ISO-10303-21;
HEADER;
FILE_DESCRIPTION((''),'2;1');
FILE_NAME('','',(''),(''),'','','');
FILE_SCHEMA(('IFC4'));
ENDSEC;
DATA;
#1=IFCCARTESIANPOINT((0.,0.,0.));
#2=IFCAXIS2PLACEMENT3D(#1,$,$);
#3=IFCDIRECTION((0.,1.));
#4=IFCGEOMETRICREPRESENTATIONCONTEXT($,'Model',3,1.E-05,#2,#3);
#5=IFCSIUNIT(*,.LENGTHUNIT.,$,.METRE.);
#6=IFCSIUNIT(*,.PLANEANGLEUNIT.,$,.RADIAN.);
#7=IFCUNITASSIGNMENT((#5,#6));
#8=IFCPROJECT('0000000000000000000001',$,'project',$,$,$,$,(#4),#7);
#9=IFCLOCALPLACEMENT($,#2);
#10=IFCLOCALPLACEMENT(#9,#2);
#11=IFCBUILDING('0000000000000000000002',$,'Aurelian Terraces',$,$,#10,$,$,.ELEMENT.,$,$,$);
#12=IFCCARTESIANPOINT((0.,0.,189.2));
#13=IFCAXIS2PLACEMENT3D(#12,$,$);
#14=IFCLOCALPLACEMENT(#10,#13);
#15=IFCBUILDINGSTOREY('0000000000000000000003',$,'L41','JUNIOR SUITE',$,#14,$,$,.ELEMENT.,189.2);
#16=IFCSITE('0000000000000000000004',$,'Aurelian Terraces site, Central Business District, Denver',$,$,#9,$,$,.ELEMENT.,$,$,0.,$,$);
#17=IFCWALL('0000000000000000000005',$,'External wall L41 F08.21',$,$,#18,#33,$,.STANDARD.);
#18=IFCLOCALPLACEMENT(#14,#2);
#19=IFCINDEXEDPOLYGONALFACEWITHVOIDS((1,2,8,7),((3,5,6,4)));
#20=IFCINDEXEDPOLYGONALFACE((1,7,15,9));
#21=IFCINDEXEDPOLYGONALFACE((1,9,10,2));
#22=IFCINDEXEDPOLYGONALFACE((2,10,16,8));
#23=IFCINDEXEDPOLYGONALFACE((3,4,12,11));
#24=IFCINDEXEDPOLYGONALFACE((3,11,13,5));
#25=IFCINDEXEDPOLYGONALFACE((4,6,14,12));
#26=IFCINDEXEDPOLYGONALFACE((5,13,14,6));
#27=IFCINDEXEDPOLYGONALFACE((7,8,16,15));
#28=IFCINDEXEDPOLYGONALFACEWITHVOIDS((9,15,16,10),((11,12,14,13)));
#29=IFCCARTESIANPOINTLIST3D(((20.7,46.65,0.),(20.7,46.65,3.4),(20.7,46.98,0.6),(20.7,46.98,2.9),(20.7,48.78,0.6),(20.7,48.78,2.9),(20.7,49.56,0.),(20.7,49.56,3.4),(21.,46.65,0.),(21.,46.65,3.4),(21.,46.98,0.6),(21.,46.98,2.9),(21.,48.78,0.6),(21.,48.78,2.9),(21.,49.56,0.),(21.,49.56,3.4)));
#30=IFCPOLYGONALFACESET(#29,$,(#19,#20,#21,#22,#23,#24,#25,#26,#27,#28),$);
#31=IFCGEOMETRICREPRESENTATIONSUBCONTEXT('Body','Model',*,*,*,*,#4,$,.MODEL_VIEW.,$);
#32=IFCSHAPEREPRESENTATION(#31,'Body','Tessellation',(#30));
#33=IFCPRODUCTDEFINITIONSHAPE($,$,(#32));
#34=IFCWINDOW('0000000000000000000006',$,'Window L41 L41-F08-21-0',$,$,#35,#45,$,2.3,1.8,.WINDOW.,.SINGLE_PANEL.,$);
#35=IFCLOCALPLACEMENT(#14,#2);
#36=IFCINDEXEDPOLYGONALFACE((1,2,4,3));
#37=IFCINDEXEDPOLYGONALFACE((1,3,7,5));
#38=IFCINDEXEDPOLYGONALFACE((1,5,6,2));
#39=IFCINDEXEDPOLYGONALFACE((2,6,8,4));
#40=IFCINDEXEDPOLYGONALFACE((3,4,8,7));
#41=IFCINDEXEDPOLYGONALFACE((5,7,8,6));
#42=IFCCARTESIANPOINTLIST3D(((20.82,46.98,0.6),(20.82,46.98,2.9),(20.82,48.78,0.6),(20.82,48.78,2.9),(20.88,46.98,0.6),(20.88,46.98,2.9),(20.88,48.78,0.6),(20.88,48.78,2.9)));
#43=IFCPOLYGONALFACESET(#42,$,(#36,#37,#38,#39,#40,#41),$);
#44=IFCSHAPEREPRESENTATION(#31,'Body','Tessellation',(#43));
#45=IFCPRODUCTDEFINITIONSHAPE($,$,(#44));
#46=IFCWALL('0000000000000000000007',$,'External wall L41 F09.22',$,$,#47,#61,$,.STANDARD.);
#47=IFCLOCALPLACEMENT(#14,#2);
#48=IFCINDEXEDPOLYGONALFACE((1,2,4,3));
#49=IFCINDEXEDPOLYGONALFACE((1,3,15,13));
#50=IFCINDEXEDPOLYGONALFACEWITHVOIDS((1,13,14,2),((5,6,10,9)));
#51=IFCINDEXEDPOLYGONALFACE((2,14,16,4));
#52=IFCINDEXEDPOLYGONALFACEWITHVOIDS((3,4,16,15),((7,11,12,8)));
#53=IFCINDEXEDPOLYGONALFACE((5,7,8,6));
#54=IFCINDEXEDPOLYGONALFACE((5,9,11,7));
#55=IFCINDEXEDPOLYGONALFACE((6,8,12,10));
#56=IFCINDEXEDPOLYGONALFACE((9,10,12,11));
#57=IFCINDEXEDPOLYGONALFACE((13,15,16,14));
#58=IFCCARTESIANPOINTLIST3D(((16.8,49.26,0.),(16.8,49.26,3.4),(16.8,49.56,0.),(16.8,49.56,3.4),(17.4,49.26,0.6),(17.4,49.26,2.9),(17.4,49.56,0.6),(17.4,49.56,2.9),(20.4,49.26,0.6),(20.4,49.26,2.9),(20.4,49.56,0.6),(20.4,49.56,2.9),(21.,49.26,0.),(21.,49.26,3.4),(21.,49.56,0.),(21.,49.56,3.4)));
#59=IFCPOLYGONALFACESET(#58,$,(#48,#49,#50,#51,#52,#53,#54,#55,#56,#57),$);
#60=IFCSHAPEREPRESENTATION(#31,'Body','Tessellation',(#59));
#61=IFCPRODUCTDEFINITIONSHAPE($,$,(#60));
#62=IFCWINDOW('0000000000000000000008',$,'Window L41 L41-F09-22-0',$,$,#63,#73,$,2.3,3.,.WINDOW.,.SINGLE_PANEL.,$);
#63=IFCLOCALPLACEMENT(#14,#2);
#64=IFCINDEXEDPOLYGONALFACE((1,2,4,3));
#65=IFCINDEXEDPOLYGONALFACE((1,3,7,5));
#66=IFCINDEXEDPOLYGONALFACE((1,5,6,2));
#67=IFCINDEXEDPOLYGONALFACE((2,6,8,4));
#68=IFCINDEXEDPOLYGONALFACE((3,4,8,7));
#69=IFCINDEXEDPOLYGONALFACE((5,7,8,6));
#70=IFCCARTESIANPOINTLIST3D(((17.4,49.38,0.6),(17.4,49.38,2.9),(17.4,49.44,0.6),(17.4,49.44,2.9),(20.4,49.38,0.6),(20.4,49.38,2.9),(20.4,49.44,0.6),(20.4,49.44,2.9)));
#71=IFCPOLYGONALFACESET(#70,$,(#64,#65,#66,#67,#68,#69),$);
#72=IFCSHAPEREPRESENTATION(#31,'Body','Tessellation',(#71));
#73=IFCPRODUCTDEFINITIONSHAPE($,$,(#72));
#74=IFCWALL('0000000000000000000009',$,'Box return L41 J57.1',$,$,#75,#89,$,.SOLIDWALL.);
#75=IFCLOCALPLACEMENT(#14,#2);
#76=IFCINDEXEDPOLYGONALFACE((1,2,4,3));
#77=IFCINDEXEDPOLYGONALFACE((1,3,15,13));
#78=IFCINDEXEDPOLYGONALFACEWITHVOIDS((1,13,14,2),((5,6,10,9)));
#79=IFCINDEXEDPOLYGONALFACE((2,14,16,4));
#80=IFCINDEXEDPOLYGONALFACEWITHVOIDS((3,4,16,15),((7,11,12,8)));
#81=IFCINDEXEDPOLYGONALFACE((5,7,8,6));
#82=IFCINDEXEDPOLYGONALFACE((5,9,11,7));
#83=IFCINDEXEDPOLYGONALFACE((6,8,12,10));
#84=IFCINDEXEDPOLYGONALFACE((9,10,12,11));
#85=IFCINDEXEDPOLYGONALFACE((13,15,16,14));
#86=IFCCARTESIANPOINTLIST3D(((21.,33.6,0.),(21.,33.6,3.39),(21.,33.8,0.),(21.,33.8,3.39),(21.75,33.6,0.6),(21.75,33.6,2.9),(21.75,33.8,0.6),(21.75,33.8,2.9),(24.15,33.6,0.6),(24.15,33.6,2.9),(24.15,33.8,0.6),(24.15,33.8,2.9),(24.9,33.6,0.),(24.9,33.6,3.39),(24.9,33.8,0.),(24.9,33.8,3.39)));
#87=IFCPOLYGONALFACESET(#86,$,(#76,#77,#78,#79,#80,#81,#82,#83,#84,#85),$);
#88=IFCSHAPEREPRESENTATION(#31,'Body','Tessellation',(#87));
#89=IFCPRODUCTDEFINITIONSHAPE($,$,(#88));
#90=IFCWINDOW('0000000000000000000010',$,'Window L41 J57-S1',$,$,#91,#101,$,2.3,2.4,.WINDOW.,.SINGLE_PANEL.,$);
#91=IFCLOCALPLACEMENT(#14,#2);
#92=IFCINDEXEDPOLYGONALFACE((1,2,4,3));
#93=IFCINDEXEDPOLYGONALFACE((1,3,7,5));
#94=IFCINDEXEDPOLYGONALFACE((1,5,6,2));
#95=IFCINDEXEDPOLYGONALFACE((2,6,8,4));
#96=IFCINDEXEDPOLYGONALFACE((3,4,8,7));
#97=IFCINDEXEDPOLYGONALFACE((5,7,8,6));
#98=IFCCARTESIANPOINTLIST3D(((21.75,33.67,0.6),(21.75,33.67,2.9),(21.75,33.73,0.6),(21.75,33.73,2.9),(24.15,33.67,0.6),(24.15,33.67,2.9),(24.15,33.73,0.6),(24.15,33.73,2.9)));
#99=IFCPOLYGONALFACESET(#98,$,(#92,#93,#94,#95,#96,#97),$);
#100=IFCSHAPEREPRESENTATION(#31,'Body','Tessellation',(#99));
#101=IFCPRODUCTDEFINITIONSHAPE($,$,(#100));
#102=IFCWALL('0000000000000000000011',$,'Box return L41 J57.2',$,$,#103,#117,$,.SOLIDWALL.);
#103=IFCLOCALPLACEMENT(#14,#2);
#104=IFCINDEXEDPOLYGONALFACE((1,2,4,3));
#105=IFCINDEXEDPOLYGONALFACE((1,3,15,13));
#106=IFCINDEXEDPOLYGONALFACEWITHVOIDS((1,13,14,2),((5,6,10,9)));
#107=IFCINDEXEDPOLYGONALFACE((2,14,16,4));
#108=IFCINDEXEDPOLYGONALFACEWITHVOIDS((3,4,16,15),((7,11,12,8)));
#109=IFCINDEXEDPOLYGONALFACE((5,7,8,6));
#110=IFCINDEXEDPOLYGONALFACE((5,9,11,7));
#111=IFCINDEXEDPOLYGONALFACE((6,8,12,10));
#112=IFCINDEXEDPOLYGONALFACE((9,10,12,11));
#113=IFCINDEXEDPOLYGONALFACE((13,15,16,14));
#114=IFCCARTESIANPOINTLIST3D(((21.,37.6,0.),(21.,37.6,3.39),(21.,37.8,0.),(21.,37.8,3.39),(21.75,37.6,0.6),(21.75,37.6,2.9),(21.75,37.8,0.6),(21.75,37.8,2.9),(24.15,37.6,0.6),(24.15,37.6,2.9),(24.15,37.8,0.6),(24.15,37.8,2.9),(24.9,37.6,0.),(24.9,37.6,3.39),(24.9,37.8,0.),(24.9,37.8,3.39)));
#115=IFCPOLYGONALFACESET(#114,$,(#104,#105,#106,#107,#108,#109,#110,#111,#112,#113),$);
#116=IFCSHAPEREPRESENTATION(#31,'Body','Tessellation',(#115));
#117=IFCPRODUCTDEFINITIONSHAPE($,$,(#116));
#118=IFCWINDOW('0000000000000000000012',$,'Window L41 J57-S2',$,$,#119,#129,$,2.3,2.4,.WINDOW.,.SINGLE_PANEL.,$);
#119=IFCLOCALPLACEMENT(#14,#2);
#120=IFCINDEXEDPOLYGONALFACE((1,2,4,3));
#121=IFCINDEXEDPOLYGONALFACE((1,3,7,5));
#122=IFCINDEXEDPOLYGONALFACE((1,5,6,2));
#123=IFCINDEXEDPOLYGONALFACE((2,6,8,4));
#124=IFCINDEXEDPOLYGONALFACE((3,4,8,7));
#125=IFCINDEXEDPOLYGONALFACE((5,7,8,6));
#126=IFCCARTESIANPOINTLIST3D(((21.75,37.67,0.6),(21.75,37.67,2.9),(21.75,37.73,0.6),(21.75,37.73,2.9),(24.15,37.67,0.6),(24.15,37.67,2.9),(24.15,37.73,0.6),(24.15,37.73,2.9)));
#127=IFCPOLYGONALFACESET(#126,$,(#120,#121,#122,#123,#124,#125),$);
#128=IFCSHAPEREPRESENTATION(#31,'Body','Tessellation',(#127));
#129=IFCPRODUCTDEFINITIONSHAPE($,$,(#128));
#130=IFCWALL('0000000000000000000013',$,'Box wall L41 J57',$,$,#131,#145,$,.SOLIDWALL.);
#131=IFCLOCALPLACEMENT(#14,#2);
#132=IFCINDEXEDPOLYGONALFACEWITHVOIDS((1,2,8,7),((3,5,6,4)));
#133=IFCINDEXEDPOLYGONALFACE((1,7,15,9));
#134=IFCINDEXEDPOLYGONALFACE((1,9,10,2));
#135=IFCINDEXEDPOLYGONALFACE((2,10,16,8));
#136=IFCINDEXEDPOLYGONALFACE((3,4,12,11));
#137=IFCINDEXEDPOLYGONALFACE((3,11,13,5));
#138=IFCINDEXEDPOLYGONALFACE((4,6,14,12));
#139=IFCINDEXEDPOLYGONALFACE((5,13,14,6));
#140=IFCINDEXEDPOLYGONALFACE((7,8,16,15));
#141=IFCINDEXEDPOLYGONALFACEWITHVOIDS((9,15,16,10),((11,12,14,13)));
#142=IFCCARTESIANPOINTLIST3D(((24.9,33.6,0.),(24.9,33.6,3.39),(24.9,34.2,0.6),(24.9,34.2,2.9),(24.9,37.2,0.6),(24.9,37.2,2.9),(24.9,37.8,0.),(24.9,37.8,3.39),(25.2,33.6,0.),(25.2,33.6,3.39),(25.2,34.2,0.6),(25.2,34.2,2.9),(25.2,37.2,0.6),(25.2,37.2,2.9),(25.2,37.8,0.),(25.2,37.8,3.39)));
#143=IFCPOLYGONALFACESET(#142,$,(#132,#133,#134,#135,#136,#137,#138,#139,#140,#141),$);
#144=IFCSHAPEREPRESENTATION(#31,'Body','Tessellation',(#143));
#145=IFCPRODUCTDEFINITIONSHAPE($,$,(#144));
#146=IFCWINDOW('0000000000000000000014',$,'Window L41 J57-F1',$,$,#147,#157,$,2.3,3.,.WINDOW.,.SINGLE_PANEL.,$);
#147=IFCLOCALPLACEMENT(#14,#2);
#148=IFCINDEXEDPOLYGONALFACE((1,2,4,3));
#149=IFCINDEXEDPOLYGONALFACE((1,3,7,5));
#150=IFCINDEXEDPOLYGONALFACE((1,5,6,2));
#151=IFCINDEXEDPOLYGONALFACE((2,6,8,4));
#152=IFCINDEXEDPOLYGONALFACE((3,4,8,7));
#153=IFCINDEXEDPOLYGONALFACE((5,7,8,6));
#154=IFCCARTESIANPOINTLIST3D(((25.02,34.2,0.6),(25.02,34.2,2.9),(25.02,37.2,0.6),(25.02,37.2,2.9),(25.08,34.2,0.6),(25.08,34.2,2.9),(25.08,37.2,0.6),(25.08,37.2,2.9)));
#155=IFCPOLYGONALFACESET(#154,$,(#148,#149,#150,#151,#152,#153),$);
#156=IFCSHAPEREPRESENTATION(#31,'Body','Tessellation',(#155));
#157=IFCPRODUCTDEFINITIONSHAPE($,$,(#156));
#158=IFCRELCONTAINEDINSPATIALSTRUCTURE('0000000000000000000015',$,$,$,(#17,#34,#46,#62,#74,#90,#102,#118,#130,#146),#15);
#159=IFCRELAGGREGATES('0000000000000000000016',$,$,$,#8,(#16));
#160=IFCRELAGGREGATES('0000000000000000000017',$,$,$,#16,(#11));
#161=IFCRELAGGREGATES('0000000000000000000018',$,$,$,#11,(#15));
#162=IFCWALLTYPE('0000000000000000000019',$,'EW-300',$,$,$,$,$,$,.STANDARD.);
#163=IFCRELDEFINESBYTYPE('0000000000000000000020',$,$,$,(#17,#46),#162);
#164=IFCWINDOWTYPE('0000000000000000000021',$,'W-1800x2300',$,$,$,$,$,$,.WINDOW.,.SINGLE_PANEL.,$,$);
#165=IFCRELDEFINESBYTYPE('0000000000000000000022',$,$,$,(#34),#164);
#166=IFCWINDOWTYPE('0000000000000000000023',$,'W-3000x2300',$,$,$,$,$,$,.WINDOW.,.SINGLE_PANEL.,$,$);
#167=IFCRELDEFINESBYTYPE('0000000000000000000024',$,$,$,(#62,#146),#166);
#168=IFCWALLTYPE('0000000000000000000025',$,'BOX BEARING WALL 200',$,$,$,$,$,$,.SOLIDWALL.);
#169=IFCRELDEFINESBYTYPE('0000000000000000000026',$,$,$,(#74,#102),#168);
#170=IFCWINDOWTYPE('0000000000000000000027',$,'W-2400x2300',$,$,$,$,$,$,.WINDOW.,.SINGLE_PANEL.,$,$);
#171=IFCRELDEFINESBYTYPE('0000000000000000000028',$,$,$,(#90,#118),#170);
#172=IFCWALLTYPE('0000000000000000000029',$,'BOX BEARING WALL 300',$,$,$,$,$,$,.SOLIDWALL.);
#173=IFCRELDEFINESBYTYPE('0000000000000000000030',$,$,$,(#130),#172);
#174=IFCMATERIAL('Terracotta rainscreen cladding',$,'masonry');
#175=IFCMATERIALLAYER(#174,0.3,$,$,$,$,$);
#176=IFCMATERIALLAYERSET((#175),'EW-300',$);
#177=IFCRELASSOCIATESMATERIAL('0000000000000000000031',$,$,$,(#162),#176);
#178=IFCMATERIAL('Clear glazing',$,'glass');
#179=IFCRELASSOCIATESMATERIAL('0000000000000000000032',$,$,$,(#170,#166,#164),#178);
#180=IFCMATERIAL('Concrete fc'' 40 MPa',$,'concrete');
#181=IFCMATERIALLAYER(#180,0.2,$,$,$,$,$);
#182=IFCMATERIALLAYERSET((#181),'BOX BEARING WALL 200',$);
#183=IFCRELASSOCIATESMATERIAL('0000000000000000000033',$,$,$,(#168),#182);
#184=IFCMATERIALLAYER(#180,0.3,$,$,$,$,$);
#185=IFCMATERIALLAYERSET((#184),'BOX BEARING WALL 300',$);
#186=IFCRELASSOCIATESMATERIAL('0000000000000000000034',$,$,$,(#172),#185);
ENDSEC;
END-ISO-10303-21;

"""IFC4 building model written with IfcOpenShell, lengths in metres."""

from ifc_helpers import new_model, si_unit, direction, frame, frame_2d, origin, place, context, subcontext, project, spatial, rectangle, extrude, source, transform, mapped, material, layer, layer_set, type_object, element, fill, save


model = new_model("IFC4")

# Units and contexts
model_context = context("Model", 3, precision=1e-05, world=origin(), true_north=direction((0.0, 1.0)))
body_context = subcontext(model_context, "Body", "Model", "MODEL_VIEW")
ifc_project = project(units=[si_unit("LENGTHUNIT", "METRE"), si_unit("PLANEANGLEUNIT", "RADIAN")], contexts=[model_context])

# Site, building, storey
site_placement = place(None, origin())
site = spatial("IfcSite", under=ifc_project, at=site_placement, Name="Aurelian Terraces site, Central Business District, Denver", CompositionType="ELEMENT", RefElevation=0.0)
building_placement = place(site_placement, origin())
building = spatial("IfcBuilding", under=site, at=building_placement, Name="Aurelian Terraces", CompositionType="ELEMENT")
storey_placement = place(building_placement, frame((0.0, 0.0, 189.2)))
storey = spatial("IfcBuildingStorey", under=building, at=storey_placement, Name="L41", Description="JUNIOR SUITE", CompositionType="ELEMENT", Elevation=189.2)

# Shared definitions
ifc_material_1 = material(Name="Terracotta rainscreen cladding", Category="masonry")
ifc_layer_1 = layer(ifc_material_1, 0.3)
ifc_layer_set_1 = layer_set([ifc_layer_1], Name="EW-300")
wall_type_1 = type_object("IfcWallType", Name="EW-300", PredefinedType="STANDARD", material=ifc_layer_set_1)
ifc_material_2 = material(Name="Clear glazing", Category="glass")
window_type_1 = type_object("IfcWindowType", Name="W-2400x2300", PartitioningType="SINGLE_PANEL", PredefinedType="WINDOW", material=ifc_material_2)
shared_shape_1 = source(origin(), body_context, "Body", "SweptSolid", [
    extrude(rectangle(XDim=2.4, YDim=2.3, at=frame_2d((1.2, 1.15))), frame((0.0, 0.03, 0.0), z_axis=(0.0, -1.0, 0.0), x_axis=(1.0, 0.0, 0.0)), (0.0, 0.0, 1.0), 0.06),
])

# Shared definitions
shared_shape_2 = source(origin(), body_context, "Body", "SweptSolid", [
    extrude(rectangle(XDim=3.0, YDim=2.3, at=frame_2d((1.5, 1.15))), frame((0.0, 0.16, 0.0), z_axis=(0.0, -1.0, 0.0), x_axis=(1.0, 0.0, 0.0)), (0.0, 0.0, 1.0), 0.32),
])
window_type_2 = type_object("IfcWindowType", Name="W-3000x2300", PartitioningType="SINGLE_PANEL", PredefinedType="WINDOW", material=ifc_material_2)
shared_shape_3 = source(origin(), body_context, "Body", "SweptSolid", [
    extrude(rectangle(XDim=3.0, YDim=2.3, at=frame_2d((1.5, 1.15))), frame((0.0, 0.03, 0.0), z_axis=(0.0, -1.0, 0.0), x_axis=(1.0, 0.0, 0.0)), (0.0, 0.0, 1.0), 0.06),
])

# Walls, openings, windows
shared_shape_4 = source(origin(), body_context, "Body", "SweptSolid", [
    extrude(rectangle(XDim=2.91, YDim=0.3, at=frame_2d((1.455, 0.0))), origin(), (0.0, 0.0, 1.0), 3.4),
])
wall_1_placement = place(storey_placement, frame((20.85, 46.65, 0.0), z_axis=(0.0, 0.0, 1.0), x_axis=(0.0, 1.0, 0.0)))
wall_1 = element("IfcWall", 1, at=wall_1_placement, inside=storey, type_object=wall_type_1, Name="External wall L41 F08.21", PredefinedType="STANDARD", context=body_context, shape_type="MappedRepresentation", body=[
    mapped(shared_shape_4, transform((0.0, 0.0, 0.0), scale=1.0)),
])
shared_shape_5 = source(origin(), body_context, "Body", "SweptSolid", [
    extrude(rectangle(XDim=1.8, YDim=2.3, at=frame_2d((0.9, 1.15))), frame((0.0, 0.16, 0.0), z_axis=(0.0, -1.0, 0.0), x_axis=(1.0, 0.0, 0.0)), (0.0, 0.0, 1.0), 0.32),
])
opening_1_placement = place(wall_1_placement, frame((0.33, 0.0, 0.6)))
opening_1 = element("IfcOpeningElement", 2, at=opening_1_placement, cuts=wall_1, PredefinedType="OPENING", context=body_context, shape_type="MappedRepresentation", body=[
    mapped(shared_shape_5, transform((0.0, 0.0, 0.0), scale=1.0)),
])
window_type_3 = type_object("IfcWindowType", Name="W-1800x2300", PartitioningType="SINGLE_PANEL", PredefinedType="WINDOW", material=ifc_material_2)
shared_shape_6 = source(origin(), body_context, "Body", "SweptSolid", [
    extrude(rectangle(XDim=1.8, YDim=2.3, at=frame_2d((0.9, 1.15))), frame((0.0, 0.03, 0.0), z_axis=(0.0, -1.0, 0.0), x_axis=(1.0, 0.0, 0.0)), (0.0, 0.0, 1.0), 0.06),
])
window_1_placement = place(opening_1_placement, origin())
window_1 = element("IfcWindow", 3, at=window_1_placement, inside=storey, type_object=window_type_3, Name="Window L41 L41-F08-21-0", OverallHeight=2.3, OverallWidth=1.8, PartitioningType="SINGLE_PANEL", PredefinedType="WINDOW", context=body_context, shape_type="MappedRepresentation", body=[
    mapped(shared_shape_6, transform((0.0, 0.0, 0.0), scale=1.0)),
])
fill(opening_1, window_1)
shared_shape_7 = source(origin(), body_context, "Body", "SweptSolid", [
    extrude(rectangle(XDim=4.2, YDim=0.3, at=frame_2d((2.1, 0.0))), origin(), (0.0, 0.0, 1.0), 3.4),
])
wall_2_placement = place(storey_placement, frame((21.0, 49.41, 0.0), z_axis=(0.0, 0.0, 1.0), x_axis=(-1.0, 0.0, 0.0)))
wall_2 = element("IfcWall", 4, at=wall_2_placement, inside=storey, type_object=wall_type_1, Name="External wall L41 F09.22", PredefinedType="STANDARD", context=body_context, shape_type="MappedRepresentation", body=[
    mapped(shared_shape_7, transform((0.0, 0.0, 0.0), scale=1.0)),
])
opening_2_placement = place(wall_2_placement, frame((0.6, 0.0, 0.6)))
opening_2 = element("IfcOpeningElement", 5, at=opening_2_placement, cuts=wall_2, PredefinedType="OPENING", context=body_context, shape_type="MappedRepresentation", body=[
    mapped(shared_shape_2, transform((0.0, 0.0, 0.0), scale=1.0)),
])
window_2_placement = place(opening_2_placement, origin())
window_2 = element("IfcWindow", 6, at=window_2_placement, inside=storey, type_object=window_type_2, Name="Window L41 L41-F09-22-0", OverallHeight=2.3, OverallWidth=3.0, PartitioningType="SINGLE_PANEL", PredefinedType="WINDOW", context=body_context, shape_type="MappedRepresentation", body=[
    mapped(shared_shape_3, transform((0.0, 0.0, 0.0), scale=1.0)),
])
fill(opening_2, window_2)
ifc_material_3 = material(Name="Concrete fc' 40 MPa", Category="concrete")
ifc_layer_2 = layer(ifc_material_3, 0.2)
ifc_layer_set_2 = layer_set([ifc_layer_2], Name="BOX BEARING WALL 200")
wall_type_2 = type_object("IfcWallType", Name="BOX BEARING WALL 200", PredefinedType="SOLIDWALL", material=ifc_layer_set_2)
shared_shape_8 = source(origin(), body_context, "Body", "SweptSolid", [
    extrude(rectangle(XDim=3.9, YDim=0.2, at=frame_2d((1.95, 0.0))), origin(), (0.0, 0.0, 1.0), 3.39),
])
wall_3_placement = place(storey_placement, frame((21.0, 33.7, 0.0), z_axis=(0.0, 0.0, 1.0), x_axis=(1.0, 0.0, 0.0)))
wall_3 = element("IfcWall", 7, at=wall_3_placement, inside=storey, type_object=wall_type_2, Name="Box return L41 J57.1", PredefinedType="SOLIDWALL", context=body_context, shape_type="MappedRepresentation", body=[
    mapped(shared_shape_8, transform((0.0, 0.0, 0.0), scale=1.0)),
])
shared_shape_9 = source(origin(), body_context, "Body", "SweptSolid", [
    extrude(rectangle(XDim=2.4, YDim=2.3, at=frame_2d((1.2, 1.15))), frame((0.0, 0.11, 0.0), z_axis=(0.0, -1.0, 0.0), x_axis=(1.0, 0.0, 0.0)), (0.0, 0.0, 1.0), 0.22),
])
opening_3_placement = place(wall_3_placement, frame((0.75, 0.0, 0.6)))
opening_3 = element("IfcOpeningElement", 8, at=opening_3_placement, cuts=wall_3, PredefinedType="OPENING", context=body_context, shape_type="MappedRepresentation", body=[
    mapped(shared_shape_9, transform((0.0, 0.0, 0.0), scale=1.0)),
])
window_3_placement = place(opening_3_placement, origin())
window_3 = element("IfcWindow", 9, at=window_3_placement, inside=storey, type_object=window_type_1, Name="Window L41 J57-S1", OverallHeight=2.3, OverallWidth=2.4, PartitioningType="SINGLE_PANEL", PredefinedType="WINDOW", context=body_context, shape_type="MappedRepresentation", body=[
    mapped(shared_shape_1, transform((0.0, 0.0, 0.0), scale=1.0)),
])
fill(opening_3, window_3)
wall_4_placement = place(storey_placement, frame((21.0, 37.7, 0.0), z_axis=(0.0, 0.0, 1.0), x_axis=(1.0, 0.0, 0.0)))
wall_4 = element("IfcWall", 10, at=wall_4_placement, inside=storey, type_object=wall_type_2, Name="Box return L41 J57.2", PredefinedType="SOLIDWALL", context=body_context, shape_type="MappedRepresentation", body=[
    mapped(shared_shape_8, transform((0.0, 0.0, 0.0), scale=1.0)),
])
opening_4_placement = place(wall_4_placement, frame((0.75, 0.0, 0.6)))
opening_4 = element("IfcOpeningElement", 11, at=opening_4_placement, cuts=wall_4, PredefinedType="OPENING", context=body_context, shape_type="MappedRepresentation", body=[
    mapped(shared_shape_9, transform((0.0, 0.0, 0.0), scale=1.0)),
])
window_4_placement = place(opening_4_placement, origin())
window_4 = element("IfcWindow", 12, at=window_4_placement, inside=storey, type_object=window_type_1, Name="Window L41 J57-S2", OverallHeight=2.3, OverallWidth=2.4, PartitioningType="SINGLE_PANEL", PredefinedType="WINDOW", context=body_context, shape_type="MappedRepresentation", body=[
    mapped(shared_shape_1, transform((0.0, 0.0, 0.0), scale=1.0)),
])
fill(opening_4, window_4)
ifc_layer_3 = layer(ifc_material_3, 0.3)
ifc_layer_set_3 = layer_set([ifc_layer_3], Name="BOX BEARING WALL 300")
wall_type_3 = type_object("IfcWallType", Name="BOX BEARING WALL 300", PredefinedType="SOLIDWALL", material=ifc_layer_set_3)
shared_shape_10 = source(origin(), body_context, "Body", "SweptSolid", [
    extrude(rectangle(XDim=4.2, YDim=0.3, at=frame_2d((2.1, 0.0))), origin(), (0.0, 0.0, 1.0), 3.39),
])
wall_5_placement = place(storey_placement, frame((25.05, 33.6, 0.0), z_axis=(0.0, 0.0, 1.0), x_axis=(0.0, 1.0, 0.0)))
wall_5 = element("IfcWall", 13, at=wall_5_placement, inside=storey, type_object=wall_type_3, Name="Box wall L41 J57", PredefinedType="SOLIDWALL", context=body_context, shape_type="MappedRepresentation", body=[
    mapped(shared_shape_10, transform((0.0, 0.0, 0.0), scale=1.0)),
])
opening_5_placement = place(wall_5_placement, frame((0.6, 0.0, 0.6)))
opening_5 = element("IfcOpeningElement", 14, at=opening_5_placement, cuts=wall_5, PredefinedType="OPENING", context=body_context, shape_type="MappedRepresentation", body=[
    mapped(shared_shape_2, transform((0.0, 0.0, 0.0), scale=1.0)),
])
window_5_placement = place(opening_5_placement, origin())
window_5 = element("IfcWindow", 15, at=window_5_placement, inside=storey, type_object=window_type_2, Name="Window L41 J57-F1", OverallHeight=2.3, OverallWidth=3.0, PartitioningType="SINGLE_PANEL", PredefinedType="WINDOW", context=body_context, shape_type="MappedRepresentation", body=[
    mapped(shared_shape_3, transform((0.0, 0.0, 0.0), scale=1.0)),
])
fill(opening_5, window_5)

save(model, "model.ifc")
